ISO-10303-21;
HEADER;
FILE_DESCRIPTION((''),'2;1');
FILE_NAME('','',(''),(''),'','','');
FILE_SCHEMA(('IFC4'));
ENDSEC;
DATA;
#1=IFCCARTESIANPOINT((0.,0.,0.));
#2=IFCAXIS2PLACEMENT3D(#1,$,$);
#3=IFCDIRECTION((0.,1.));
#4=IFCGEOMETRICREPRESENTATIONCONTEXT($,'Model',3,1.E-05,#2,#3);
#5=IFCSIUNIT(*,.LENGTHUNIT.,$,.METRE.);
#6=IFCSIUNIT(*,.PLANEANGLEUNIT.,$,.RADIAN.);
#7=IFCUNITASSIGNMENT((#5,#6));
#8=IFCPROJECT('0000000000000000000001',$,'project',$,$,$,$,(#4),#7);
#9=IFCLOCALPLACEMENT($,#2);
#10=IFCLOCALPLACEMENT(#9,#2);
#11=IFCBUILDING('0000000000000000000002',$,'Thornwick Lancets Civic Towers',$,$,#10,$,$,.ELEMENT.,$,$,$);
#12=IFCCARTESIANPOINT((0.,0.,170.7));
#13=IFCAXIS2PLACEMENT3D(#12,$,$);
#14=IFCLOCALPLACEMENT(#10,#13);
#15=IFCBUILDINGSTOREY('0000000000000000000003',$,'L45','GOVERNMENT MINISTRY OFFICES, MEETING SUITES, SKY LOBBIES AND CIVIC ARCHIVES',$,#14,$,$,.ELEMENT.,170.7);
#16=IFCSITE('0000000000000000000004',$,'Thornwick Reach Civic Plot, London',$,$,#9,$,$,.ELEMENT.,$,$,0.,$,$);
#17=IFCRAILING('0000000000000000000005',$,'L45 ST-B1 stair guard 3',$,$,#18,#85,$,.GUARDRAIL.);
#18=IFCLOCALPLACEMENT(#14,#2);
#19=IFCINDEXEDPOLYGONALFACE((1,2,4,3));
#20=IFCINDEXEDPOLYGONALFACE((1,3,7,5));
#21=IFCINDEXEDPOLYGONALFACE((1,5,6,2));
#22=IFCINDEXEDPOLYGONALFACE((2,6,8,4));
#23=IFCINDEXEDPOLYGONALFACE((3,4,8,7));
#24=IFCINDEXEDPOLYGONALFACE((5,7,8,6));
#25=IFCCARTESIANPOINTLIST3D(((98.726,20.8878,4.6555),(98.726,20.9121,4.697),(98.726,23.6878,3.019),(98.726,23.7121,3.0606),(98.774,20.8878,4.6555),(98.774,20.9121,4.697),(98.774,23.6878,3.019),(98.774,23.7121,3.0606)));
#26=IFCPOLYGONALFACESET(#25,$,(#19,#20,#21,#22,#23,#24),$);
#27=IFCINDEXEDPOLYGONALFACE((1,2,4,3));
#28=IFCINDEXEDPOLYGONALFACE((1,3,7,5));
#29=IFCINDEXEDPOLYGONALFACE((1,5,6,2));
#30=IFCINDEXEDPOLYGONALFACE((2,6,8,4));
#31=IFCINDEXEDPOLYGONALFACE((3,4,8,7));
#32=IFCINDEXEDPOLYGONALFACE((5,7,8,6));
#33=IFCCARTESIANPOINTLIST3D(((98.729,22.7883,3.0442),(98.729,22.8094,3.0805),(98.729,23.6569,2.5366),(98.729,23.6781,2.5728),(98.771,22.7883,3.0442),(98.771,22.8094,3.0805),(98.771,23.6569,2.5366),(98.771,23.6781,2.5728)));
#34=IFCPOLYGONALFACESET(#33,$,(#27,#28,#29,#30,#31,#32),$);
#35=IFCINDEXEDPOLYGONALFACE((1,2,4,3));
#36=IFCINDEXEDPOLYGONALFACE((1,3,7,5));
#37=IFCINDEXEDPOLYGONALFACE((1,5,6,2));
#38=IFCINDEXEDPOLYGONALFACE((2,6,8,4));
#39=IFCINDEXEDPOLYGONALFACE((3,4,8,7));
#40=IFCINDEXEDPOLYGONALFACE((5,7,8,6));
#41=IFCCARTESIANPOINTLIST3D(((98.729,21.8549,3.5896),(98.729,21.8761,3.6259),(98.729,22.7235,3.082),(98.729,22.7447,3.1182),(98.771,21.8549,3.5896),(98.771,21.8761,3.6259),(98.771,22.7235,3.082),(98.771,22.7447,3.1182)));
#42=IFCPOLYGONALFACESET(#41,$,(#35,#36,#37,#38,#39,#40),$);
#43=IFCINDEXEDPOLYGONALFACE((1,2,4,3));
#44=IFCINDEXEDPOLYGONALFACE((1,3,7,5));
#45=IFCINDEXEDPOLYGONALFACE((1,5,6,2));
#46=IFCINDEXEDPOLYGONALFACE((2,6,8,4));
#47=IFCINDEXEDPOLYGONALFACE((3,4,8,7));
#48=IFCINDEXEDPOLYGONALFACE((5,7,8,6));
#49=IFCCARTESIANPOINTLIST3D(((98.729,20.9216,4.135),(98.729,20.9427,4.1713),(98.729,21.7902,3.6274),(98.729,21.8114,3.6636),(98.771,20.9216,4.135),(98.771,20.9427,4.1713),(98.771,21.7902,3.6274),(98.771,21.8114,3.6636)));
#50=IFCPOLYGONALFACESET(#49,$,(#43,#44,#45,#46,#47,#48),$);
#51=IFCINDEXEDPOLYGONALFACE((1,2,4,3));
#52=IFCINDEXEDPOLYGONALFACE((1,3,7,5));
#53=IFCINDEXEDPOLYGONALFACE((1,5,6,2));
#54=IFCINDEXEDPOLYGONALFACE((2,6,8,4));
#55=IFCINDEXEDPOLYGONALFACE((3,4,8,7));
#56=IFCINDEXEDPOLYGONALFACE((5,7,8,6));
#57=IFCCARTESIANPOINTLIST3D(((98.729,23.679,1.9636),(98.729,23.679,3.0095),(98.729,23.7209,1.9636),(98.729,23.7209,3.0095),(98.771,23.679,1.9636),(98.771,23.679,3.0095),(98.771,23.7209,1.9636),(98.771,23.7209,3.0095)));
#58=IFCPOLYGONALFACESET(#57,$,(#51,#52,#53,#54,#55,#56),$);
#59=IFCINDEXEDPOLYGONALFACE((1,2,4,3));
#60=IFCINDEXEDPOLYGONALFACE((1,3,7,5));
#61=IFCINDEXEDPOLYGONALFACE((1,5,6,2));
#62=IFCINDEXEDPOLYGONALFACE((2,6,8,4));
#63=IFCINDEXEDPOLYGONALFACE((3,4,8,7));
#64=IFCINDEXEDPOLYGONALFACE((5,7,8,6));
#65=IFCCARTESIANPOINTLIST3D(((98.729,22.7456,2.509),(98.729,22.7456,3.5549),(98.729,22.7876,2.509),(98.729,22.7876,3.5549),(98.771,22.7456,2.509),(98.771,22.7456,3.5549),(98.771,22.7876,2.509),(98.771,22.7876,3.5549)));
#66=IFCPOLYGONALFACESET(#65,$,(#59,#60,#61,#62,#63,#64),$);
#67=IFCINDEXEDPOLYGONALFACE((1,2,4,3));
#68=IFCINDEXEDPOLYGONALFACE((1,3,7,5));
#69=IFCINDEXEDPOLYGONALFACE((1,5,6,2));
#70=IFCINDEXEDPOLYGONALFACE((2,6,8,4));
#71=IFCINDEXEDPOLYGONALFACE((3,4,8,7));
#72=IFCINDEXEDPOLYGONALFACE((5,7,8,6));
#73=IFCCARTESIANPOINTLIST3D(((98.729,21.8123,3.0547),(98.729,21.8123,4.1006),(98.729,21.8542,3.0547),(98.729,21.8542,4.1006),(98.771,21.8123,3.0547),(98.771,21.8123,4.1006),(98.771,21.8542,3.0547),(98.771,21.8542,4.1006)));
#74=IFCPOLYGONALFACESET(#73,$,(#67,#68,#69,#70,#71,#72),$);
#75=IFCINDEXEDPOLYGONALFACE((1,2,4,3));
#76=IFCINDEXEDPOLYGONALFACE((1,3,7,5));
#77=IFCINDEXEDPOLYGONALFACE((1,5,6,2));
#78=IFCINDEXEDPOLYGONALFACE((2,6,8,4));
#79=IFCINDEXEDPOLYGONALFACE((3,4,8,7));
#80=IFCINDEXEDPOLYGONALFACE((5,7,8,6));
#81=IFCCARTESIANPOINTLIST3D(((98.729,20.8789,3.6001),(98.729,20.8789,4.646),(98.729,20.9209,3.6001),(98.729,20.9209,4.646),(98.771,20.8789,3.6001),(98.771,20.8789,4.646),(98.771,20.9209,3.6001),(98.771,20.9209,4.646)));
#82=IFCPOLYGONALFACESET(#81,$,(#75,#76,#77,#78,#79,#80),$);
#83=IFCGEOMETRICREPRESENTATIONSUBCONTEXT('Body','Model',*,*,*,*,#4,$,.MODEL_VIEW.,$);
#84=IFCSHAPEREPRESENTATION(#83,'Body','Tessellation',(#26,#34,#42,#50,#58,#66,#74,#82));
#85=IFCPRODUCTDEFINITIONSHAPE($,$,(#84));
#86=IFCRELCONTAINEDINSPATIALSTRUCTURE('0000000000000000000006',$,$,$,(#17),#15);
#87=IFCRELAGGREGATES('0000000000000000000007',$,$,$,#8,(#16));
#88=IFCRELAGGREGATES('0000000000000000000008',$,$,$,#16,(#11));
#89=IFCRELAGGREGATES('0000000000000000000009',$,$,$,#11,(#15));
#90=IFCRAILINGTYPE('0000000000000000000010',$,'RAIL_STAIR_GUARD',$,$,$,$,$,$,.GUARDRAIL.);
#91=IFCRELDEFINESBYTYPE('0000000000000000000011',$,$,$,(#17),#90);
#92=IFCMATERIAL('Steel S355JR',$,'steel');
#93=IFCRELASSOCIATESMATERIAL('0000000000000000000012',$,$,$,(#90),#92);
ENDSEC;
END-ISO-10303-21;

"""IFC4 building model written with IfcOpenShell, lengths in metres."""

from ifc_helpers import new_model, si_unit, direction, frame, origin, origin_2d, place, context, subcontext, project, spatial, rectangle, extrude, material, type_object, element, save


model = new_model("IFC4")

# Units and contexts
model_context = context("Model", 3, precision=1e-05, world=origin(), true_north=direction((0.0, 1.0)))
body_context = subcontext(model_context, "Body", "Model", "MODEL_VIEW")
ifc_project = project(units=[si_unit("LENGTHUNIT", "METRE"), si_unit("PLANEANGLEUNIT", "RADIAN")], contexts=[model_context])

# Site, building, storey
site_placement = place(None, origin())
site = spatial("IfcSite", under=ifc_project, at=site_placement, Name="Thornwick Reach Civic Plot, London", CompositionType="ELEMENT", RefElevation=0.0)
building_placement = place(site_placement, origin())
building = spatial("IfcBuilding", under=site, at=building_placement, Name="Thornwick Lancets Civic Towers", CompositionType="ELEMENT")
storey_placement = place(building_placement, frame((0.0, 0.0, 170.7)))
storey = spatial("IfcBuildingStorey", under=building, at=storey_placement, Name="L45", Description="GOVERNMENT MINISTRY OFFICES, MEETING SUITES, SKY LOBBIES AND CIVIC ARCHIVES", CompositionType="ELEMENT", Elevation=170.7)

# Shared definitions
ifc_material_1 = material(Name="Steel S355JR", Category="steel")

# Railing
railing_type_1 = type_object("IfcRailingType", Name="RAIL_STAIR_GUARD", PredefinedType="GUARDRAIL", material=ifc_material_1)
railing_1_placement = place(storey_placement, frame((98.75, 23.7, 1.9636)))
element("IfcRailing", 1, at=railing_1_placement, inside=storey, type_object=railing_type_1, Name="L45 ST-B1 stair guard 3", PredefinedType="GUARDRAIL", context=body_context, shape_type="SweptSolid", body=[
    extrude(rectangle(XDim=0.0481, YDim=0.0481, at=origin_2d()), frame((0.0, 0.0, 1.0762), z_axis=(0.0, -0.863361, 0.504587), x_axis=(1.0, 0.0, 0.0)), (0.0, 0.0, 1.0), 3.2432),
    extrude(rectangle(XDim=0.042, YDim=0.042, at=origin_2d()), frame((0.0, -0.0325, 0.5911), z_axis=(0.0, -0.863361, 0.504587), x_axis=(1.0, 0.0, 0.0)), (0.0, 0.0, 1.0), 1.0061),
    extrude(rectangle(XDim=0.042, YDim=0.042, at=origin_2d()), frame((0.0, -0.9658, 1.1365), z_axis=(0.0, -0.863361, 0.504587), x_axis=(1.0, 0.0, 0.0)), (0.0, 0.0, 1.0), 1.0061),
    extrude(rectangle(XDim=0.042, YDim=0.042, at=origin_2d()), frame((0.0, -1.8992, 1.6819), z_axis=(0.0, -0.863361, 0.504587), x_axis=(1.0, 0.0, 0.0)), (0.0, 0.0, 1.0), 1.0061),
    extrude(rectangle(XDim=0.042, YDim=0.042, at=origin_2d()), origin(), (0.0, 0.0, 1.0), 1.0459),
    extrude(rectangle(XDim=0.042, YDim=0.042, at=origin_2d()), frame((0.0, -0.9333, 0.5454)), (0.0, 0.0, 1.0), 1.0459),
    extrude(rectangle(XDim=0.042, YDim=0.042, at=origin_2d()), frame((0.0, -1.8667, 1.0911)), (0.0, 0.0, 1.0), 1.0459),
    extrude(rectangle(XDim=0.042, YDim=0.042, at=origin_2d()), frame((0.0, -2.8, 1.6365)), (0.0, 0.0, 1.0), 1.0459),
])

save(model, "model.ifc")
